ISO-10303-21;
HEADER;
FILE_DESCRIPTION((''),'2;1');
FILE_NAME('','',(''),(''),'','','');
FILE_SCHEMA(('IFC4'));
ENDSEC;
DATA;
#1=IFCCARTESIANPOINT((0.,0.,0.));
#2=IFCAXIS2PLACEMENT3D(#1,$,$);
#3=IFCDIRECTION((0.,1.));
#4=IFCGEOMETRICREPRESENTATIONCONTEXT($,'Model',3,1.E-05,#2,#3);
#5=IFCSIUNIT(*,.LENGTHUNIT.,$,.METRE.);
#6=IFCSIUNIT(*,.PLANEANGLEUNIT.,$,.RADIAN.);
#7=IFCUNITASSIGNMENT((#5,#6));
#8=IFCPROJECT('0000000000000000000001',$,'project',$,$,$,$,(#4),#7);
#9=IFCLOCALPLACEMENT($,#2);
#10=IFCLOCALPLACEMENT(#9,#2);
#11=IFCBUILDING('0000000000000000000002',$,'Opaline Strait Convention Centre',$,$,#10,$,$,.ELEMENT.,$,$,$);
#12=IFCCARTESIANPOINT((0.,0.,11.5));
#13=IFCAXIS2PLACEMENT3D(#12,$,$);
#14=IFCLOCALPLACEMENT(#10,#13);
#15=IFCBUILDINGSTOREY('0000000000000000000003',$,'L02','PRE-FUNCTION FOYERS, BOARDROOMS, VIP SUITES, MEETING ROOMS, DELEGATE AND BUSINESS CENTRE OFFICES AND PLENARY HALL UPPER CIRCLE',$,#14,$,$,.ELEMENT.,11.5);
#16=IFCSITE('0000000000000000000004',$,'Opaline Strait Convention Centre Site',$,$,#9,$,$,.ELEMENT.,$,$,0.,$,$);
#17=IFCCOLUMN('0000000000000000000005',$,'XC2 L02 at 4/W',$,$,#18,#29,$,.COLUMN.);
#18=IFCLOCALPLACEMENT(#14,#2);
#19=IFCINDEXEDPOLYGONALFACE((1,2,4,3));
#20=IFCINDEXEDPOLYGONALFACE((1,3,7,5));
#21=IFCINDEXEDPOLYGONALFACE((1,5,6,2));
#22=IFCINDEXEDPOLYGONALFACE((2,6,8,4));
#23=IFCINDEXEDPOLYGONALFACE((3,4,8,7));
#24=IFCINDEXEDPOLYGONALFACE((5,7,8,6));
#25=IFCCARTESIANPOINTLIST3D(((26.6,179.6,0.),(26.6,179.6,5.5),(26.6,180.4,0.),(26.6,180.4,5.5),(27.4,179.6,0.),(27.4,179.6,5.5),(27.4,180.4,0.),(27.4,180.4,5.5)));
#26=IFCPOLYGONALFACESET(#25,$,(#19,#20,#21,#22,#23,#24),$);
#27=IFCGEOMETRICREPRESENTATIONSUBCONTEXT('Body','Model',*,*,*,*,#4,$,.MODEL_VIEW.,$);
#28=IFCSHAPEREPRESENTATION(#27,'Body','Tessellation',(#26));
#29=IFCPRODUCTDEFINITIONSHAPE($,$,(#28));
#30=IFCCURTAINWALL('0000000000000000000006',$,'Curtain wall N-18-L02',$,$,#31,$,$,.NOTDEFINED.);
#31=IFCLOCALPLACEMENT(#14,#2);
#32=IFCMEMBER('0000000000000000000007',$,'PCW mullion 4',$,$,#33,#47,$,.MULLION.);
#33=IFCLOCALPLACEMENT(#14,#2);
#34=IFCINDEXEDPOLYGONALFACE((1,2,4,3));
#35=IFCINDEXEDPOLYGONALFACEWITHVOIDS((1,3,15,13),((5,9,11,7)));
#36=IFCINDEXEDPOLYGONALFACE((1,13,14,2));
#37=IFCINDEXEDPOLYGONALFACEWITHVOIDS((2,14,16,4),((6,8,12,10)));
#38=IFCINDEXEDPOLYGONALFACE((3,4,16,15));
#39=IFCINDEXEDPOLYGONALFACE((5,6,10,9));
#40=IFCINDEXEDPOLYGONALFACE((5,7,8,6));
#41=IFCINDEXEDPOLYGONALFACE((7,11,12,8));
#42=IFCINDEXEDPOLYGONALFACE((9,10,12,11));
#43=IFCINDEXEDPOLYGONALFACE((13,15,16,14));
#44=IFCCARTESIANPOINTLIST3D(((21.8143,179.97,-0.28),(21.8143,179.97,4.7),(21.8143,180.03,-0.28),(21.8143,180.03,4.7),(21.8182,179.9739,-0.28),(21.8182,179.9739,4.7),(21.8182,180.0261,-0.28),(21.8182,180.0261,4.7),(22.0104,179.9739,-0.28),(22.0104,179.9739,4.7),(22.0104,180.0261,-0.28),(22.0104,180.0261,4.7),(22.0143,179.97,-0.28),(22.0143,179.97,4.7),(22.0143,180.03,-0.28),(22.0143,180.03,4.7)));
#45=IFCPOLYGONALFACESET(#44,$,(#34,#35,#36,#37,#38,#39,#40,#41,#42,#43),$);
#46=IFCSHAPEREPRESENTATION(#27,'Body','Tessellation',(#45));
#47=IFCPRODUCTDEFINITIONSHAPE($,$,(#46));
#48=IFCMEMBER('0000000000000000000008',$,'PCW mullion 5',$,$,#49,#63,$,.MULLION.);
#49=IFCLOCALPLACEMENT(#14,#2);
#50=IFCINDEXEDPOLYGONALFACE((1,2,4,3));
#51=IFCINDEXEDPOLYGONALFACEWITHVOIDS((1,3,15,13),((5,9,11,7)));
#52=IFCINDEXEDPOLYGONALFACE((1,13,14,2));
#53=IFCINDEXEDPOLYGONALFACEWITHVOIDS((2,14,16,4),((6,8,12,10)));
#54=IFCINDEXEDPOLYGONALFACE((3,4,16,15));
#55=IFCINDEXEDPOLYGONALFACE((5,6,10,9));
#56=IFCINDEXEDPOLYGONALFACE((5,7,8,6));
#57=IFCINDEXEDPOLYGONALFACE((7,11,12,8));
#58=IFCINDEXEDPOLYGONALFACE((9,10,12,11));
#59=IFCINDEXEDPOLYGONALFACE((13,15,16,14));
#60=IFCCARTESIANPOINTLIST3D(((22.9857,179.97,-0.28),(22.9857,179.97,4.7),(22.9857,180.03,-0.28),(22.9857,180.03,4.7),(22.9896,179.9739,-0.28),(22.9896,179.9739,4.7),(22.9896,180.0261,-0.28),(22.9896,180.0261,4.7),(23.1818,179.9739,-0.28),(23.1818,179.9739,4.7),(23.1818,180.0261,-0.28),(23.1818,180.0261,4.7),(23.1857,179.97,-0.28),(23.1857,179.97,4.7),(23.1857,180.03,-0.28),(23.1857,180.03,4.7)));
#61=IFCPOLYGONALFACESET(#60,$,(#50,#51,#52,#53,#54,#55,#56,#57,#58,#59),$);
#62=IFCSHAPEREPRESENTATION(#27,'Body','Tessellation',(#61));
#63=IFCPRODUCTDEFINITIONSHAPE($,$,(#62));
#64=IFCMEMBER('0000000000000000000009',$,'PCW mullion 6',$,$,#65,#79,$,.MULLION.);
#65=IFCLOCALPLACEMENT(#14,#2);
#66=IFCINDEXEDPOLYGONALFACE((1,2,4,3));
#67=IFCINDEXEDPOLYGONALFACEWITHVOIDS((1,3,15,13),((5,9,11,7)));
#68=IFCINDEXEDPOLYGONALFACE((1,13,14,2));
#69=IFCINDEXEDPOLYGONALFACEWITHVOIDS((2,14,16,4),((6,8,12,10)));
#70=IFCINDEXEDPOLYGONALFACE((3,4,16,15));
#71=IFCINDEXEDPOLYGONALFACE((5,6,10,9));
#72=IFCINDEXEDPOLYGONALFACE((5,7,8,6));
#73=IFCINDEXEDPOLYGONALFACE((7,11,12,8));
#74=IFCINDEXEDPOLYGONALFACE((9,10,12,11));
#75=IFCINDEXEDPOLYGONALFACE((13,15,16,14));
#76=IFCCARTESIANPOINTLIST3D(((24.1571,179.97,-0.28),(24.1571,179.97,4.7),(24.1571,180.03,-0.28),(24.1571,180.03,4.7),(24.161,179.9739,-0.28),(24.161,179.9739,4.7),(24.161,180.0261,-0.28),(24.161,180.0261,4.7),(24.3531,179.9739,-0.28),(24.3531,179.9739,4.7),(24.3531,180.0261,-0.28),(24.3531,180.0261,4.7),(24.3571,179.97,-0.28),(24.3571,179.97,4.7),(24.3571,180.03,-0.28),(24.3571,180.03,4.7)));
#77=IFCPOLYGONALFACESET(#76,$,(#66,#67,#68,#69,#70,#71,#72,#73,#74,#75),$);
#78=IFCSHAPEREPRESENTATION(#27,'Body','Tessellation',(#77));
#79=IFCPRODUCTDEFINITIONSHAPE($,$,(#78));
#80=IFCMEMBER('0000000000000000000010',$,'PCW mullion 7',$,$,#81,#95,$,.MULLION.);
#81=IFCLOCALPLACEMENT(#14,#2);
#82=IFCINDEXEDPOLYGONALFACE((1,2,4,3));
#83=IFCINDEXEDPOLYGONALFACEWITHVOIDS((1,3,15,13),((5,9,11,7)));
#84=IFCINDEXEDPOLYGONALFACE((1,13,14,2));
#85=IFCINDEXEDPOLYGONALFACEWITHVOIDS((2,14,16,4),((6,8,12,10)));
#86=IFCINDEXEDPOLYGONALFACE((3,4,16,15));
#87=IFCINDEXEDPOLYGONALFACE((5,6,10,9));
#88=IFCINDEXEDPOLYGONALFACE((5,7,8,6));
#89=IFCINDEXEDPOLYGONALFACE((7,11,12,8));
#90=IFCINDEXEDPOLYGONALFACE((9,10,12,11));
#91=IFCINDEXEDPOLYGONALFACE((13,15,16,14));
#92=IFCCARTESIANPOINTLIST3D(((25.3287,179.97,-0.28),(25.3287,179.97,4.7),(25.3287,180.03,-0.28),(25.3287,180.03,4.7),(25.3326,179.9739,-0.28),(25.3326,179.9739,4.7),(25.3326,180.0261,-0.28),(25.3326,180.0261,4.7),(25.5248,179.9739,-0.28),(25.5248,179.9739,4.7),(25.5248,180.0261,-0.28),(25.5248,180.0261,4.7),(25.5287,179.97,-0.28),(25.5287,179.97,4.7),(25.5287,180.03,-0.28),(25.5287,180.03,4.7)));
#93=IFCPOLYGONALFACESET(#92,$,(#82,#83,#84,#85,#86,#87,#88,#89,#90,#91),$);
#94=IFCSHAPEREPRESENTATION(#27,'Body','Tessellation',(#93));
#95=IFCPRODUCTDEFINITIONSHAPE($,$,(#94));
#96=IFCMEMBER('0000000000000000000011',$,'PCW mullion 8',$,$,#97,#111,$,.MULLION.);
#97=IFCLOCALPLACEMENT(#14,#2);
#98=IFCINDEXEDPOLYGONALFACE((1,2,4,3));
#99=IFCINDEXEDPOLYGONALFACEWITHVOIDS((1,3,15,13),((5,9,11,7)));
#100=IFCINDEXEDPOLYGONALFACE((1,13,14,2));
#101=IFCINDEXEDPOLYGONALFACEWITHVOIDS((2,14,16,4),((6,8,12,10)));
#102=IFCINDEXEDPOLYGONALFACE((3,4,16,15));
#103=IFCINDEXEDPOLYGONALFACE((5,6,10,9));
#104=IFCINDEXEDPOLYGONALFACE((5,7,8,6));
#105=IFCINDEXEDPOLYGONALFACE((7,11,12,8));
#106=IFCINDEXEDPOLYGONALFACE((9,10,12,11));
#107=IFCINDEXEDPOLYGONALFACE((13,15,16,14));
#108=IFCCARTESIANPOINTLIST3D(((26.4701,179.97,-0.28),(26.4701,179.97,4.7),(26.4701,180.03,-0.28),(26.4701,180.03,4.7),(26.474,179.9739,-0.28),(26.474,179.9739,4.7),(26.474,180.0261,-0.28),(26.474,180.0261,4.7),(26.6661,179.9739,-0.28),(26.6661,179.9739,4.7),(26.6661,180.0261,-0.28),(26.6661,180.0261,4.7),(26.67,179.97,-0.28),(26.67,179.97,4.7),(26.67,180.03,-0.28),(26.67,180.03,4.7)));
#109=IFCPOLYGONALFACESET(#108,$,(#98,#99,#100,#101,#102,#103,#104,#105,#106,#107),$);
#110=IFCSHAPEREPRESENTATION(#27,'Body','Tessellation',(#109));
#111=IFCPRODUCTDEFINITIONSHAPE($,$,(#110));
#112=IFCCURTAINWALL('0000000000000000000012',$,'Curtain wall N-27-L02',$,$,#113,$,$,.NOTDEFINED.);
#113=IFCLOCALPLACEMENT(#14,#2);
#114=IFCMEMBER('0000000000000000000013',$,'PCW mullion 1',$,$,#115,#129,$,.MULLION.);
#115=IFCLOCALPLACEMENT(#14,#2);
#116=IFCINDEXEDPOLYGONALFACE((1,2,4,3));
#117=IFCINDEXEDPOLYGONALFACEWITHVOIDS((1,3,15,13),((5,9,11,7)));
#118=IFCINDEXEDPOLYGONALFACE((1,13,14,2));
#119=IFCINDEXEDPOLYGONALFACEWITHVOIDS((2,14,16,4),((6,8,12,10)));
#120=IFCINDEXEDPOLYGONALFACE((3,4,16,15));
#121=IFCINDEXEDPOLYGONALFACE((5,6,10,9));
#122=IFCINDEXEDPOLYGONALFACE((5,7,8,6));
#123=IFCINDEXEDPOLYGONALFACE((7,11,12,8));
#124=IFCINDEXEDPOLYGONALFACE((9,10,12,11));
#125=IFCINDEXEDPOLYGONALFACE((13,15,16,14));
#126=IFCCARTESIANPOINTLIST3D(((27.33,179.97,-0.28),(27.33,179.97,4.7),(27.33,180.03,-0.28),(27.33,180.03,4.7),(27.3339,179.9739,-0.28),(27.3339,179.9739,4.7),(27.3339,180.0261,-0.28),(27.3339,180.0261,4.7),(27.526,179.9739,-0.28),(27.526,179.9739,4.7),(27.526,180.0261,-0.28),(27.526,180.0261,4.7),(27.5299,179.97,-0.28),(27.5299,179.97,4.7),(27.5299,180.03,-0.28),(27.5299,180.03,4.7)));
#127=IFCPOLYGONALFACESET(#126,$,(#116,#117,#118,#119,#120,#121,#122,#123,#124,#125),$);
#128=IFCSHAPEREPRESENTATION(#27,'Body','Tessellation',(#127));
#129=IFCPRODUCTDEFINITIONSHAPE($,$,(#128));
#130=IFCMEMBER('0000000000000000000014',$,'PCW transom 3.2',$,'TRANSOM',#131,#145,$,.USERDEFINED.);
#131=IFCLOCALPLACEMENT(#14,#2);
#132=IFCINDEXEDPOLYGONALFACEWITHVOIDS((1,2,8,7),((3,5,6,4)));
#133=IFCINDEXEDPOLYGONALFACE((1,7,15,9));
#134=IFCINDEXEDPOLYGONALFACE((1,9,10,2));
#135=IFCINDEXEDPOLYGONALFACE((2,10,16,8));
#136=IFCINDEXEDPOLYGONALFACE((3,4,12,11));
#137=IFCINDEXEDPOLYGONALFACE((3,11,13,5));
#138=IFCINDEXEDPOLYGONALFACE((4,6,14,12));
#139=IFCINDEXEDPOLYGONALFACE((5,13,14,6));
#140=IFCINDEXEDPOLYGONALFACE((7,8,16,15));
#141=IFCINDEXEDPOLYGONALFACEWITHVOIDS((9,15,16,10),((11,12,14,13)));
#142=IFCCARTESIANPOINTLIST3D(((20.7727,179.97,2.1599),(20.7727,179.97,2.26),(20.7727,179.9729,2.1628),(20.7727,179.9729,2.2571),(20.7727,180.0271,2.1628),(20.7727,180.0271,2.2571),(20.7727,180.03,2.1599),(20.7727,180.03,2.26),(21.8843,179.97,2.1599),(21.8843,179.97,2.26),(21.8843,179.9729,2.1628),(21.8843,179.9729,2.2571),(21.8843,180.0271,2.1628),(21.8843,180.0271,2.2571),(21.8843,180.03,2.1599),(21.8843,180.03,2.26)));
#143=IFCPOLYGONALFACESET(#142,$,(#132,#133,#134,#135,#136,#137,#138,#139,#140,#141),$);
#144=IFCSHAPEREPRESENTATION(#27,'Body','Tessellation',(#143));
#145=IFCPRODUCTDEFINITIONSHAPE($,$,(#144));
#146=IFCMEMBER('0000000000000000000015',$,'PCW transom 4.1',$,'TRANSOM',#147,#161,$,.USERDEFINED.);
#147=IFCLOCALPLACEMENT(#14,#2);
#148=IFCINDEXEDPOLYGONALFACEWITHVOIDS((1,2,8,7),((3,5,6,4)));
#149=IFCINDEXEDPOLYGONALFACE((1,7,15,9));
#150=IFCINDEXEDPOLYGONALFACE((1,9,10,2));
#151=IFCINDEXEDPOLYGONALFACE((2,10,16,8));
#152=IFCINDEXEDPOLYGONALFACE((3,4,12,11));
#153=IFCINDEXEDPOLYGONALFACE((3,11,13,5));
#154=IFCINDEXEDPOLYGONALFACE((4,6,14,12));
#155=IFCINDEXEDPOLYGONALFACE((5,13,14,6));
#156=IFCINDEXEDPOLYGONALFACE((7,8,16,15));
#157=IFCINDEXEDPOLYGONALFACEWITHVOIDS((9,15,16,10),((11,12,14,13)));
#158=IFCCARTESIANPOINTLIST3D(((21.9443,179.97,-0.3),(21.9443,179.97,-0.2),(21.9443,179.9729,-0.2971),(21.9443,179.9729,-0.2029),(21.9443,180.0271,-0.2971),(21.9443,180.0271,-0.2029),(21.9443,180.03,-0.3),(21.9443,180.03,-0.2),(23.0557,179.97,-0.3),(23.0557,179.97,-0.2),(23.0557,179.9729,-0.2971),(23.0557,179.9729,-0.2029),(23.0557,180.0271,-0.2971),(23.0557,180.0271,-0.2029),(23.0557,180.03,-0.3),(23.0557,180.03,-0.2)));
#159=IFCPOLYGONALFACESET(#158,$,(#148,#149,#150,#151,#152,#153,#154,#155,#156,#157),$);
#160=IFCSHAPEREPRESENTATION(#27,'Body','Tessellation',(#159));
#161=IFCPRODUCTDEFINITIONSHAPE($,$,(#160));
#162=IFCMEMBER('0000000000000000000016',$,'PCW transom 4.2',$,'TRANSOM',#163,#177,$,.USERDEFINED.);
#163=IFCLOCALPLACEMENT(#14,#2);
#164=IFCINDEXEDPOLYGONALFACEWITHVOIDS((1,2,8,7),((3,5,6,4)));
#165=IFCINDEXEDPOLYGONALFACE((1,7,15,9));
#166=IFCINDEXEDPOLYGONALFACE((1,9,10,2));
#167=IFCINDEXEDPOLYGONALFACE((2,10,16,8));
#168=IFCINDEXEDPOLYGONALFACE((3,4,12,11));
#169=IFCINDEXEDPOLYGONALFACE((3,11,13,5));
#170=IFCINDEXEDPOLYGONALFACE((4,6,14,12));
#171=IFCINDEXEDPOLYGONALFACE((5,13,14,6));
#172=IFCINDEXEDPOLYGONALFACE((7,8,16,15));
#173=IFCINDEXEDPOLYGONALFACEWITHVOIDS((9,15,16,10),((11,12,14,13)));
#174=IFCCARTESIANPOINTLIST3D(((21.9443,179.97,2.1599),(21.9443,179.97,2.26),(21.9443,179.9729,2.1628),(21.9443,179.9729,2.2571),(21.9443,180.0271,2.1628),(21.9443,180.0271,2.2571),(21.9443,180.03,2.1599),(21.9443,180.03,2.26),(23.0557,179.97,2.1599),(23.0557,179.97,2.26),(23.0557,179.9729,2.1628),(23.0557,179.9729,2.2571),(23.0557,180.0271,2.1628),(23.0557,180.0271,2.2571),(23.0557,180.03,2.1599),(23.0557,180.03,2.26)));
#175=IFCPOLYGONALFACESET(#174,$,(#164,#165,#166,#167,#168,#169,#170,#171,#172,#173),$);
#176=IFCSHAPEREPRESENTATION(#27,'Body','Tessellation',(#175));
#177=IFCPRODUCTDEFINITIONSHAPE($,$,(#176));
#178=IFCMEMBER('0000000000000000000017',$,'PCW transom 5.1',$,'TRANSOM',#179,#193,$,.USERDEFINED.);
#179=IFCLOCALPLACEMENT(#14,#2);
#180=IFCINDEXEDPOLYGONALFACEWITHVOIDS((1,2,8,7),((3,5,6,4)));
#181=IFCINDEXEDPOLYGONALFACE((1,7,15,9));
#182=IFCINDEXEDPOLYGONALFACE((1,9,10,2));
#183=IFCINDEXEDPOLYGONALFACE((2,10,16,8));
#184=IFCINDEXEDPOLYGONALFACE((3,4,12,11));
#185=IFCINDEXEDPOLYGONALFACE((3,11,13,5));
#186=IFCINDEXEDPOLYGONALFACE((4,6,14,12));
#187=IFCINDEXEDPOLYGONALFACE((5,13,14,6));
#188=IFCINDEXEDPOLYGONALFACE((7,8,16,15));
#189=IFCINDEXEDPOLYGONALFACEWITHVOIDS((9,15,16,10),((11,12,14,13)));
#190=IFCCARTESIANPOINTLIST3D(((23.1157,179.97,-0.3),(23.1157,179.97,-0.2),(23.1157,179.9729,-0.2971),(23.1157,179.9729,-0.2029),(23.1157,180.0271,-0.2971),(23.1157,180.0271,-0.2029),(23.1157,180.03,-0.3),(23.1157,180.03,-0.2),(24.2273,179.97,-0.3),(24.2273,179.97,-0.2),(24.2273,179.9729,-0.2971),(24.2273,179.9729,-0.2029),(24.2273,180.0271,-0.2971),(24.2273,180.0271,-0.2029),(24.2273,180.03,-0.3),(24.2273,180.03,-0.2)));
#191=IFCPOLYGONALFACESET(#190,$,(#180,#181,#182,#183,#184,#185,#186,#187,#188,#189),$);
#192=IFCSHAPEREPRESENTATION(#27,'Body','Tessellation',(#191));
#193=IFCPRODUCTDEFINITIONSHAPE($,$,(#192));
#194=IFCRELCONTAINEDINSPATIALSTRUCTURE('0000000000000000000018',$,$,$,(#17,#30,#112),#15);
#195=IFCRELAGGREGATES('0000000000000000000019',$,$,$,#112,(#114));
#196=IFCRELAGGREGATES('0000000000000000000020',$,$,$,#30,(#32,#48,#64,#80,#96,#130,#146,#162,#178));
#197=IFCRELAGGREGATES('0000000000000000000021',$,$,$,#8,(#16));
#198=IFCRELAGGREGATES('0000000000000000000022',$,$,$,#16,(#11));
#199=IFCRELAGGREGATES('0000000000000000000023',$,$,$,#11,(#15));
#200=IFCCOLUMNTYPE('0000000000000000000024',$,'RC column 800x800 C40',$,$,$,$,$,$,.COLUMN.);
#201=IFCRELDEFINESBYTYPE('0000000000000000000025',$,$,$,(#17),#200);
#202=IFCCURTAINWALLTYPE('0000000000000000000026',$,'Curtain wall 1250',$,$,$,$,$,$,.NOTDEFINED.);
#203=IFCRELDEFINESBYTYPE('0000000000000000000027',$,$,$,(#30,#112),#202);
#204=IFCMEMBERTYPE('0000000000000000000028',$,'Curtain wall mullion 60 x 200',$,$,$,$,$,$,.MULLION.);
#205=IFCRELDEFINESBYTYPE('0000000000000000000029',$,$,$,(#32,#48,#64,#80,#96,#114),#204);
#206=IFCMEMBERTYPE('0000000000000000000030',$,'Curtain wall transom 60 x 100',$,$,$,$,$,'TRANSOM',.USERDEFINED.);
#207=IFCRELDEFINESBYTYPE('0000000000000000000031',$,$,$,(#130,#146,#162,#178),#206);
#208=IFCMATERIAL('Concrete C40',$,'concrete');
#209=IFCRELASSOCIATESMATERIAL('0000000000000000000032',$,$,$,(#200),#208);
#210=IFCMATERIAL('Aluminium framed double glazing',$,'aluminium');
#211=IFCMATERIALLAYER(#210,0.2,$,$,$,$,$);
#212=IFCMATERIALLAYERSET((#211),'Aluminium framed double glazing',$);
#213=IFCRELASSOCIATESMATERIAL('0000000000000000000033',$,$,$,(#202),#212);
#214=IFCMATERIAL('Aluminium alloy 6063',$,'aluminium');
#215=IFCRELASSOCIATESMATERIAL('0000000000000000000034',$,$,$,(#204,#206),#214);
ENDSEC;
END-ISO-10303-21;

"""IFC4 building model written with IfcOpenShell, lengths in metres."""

from ifc_helpers import new_model, si_unit, direction, frame, origin, origin_2d, place, context, subcontext, project, spatial, rectangle, hollow_rectangle, extrude, material, layer, layer_set, material_profile, profile_set, type_object, element, aggregate, save


model = new_model("IFC4")

# Units and contexts
model_context = context("Model", 3, precision=1e-05, world=origin(), true_north=direction((0.0, 1.0)))
body_context = subcontext(model_context, "Body", "Model", "MODEL_VIEW")
ifc_project = project(units=[si_unit("LENGTHUNIT", "METRE"), si_unit("PLANEANGLEUNIT", "RADIAN")], contexts=[model_context])

# Site, building, storey
site_placement = place(None, origin())
site = spatial("IfcSite", under=ifc_project, at=site_placement, Name="Opaline Strait Convention Centre Site", CompositionType="ELEMENT", RefElevation=0.0)
building_placement = place(site_placement, origin())
building = spatial("IfcBuilding", under=site, at=building_placement, Name="Opaline Strait Convention Centre", CompositionType="ELEMENT")
storey_placement = place(building_placement, frame((0.0, 0.0, 11.5)))
storey = spatial("IfcBuildingStorey", under=building, at=storey_placement, Name="L02", Description="PRE-FUNCTION FOYERS, BOARDROOMS, VIP SUITES, MEETING ROOMS, DELEGATE AND BUSINESS CENTRE OFFICES AND PLENARY HALL UPPER CIRCLE", CompositionType="ELEMENT", Elevation=11.5)

# Column
ifc_material_1 = material(Name="Concrete C40", Category="concrete")
ifc_material_profile_1 = material_profile(ifc_material_1, rectangle(XDim=0.8, YDim=0.8, at=origin_2d()), Name="RC 800x800")
ifc_profile_set_1 = profile_set([ifc_material_profile_1], Name="Concrete C40")
column_type = type_object("IfcColumnType", Name="RC column 800x800 C40", PredefinedType="COLUMN", material=ifc_profile_set_1)
column_placement = place(storey_placement, frame((27.0, 180.0, 0.0), z_axis=(0.0, 0.0, 1.0), x_axis=(1.0, 0.0, 0.0)))
element("IfcColumn", 1, at=column_placement, inside=storey, type_object=column_type, Name="XC2 L02 at 4/W", PredefinedType="COLUMN", context=body_context, shape_type="SweptSolid", body=[
    extrude(rectangle(XDim=0.8, YDim=0.8, at=origin_2d()), origin(), (0.0, 0.0, 1.0), 5.5),
])

# Curtain wall, members
ifc_material_2 = material(Name="Aluminium framed double glazing", Category="aluminium")
ifc_layer_1 = layer(ifc_material_2, 0.2)
ifc_layer_set_1 = layer_set([ifc_layer_1], Name="Aluminium framed double glazing")
curtain_wall_type = type_object("IfcCurtainWallType", Name="Curtain wall 1250", PredefinedType="NOTDEFINED", material=ifc_layer_set_1)
curtain_wall_1_placement = place(storey_placement, origin())
curtain_wall_1 = element("IfcCurtainWall", 2, at=curtain_wall_1_placement, inside=storey, type_object=curtain_wall_type, Name="Curtain wall N-18-L02", PredefinedType="NOTDEFINED")
ifc_material_3 = material(Name="Aluminium alloy 6063", Category="aluminium")
ifc_material_profile_2 = material_profile(ifc_material_3, hollow_rectangle(XDim=0.0601, YDim=0.2, WallThickness=0.0039, at=origin_2d()), Name="MULLION 60x200x4")
ifc_profile_set_2 = profile_set([ifc_material_profile_2], Name="Aluminium alloy 6063")
member_type_1 = type_object("IfcMemberType", Name="Curtain wall mullion 60 x 200", PredefinedType="MULLION", material=ifc_profile_set_2)
member_1_placement = place(storey_placement, frame((21.9143, 180.0, -0.28), z_axis=(0.0, 0.0, 1.0), x_axis=(0.0, 1.0, 0.0)))
member_1 = element("IfcMember", 3, at=member_1_placement, type_object=member_type_1, Name="PCW mullion 4", PredefinedType="MULLION", context=body_context, shape_type="SweptSolid", body=[
    extrude(hollow_rectangle(XDim=0.0601, YDim=0.2, WallThickness=0.0039, at=origin_2d()), origin(), (0.0, 0.0, 1.0), 4.98),
])
member_2_placement = place(storey_placement, frame((23.0857, 180.0, -0.28), z_axis=(0.0, 0.0, 1.0), x_axis=(0.0, 1.0, 0.0)))
member_2 = element("IfcMember", 4, at=member_2_placement, type_object=member_type_1, Name="PCW mullion 5", PredefinedType="MULLION", context=body_context, shape_type="SweptSolid", body=[
    extrude(hollow_rectangle(XDim=0.0601, YDim=0.2, WallThickness=0.0039, at=origin_2d()), origin(), (0.0, 0.0, 1.0), 4.98),
])
member_3_placement = place(storey_placement, frame((24.2571, 180.0, -0.28), z_axis=(0.0, 0.0, 1.0), x_axis=(0.0, 1.0, 0.0)))
member_3 = element("IfcMember", 5, at=member_3_placement, type_object=member_type_1, Name="PCW mullion 6", PredefinedType="MULLION", context=body_context, shape_type="SweptSolid", body=[
    extrude(hollow_rectangle(XDim=0.0601, YDim=0.2, WallThickness=0.0039, at=origin_2d()), origin(), (0.0, 0.0, 1.0), 4.98),
])
member_4_placement = place(storey_placement, frame((25.4287, 180.0, -0.28), z_axis=(0.0, 0.0, 1.0), x_axis=(0.0, 1.0, 0.0)))
member_4 = element("IfcMember", 6, at=member_4_placement, type_object=member_type_1, Name="PCW mullion 7", PredefinedType="MULLION", context=body_context, shape_type="SweptSolid", body=[
    extrude(hollow_rectangle(XDim=0.0601, YDim=0.2, WallThickness=0.0039, at=origin_2d()), origin(), (0.0, 0.0, 1.0), 4.98),
])
member_5_placement = place(storey_placement, frame((26.5701, 180.0, -0.28), z_axis=(0.0, 0.0, 1.0), x_axis=(0.0, 1.0, 0.0)))
member_5 = element("IfcMember", 7, at=member_5_placement, type_object=member_type_1, Name="PCW mullion 8", PredefinedType="MULLION", context=body_context, shape_type="SweptSolid", body=[
    extrude(hollow_rectangle(XDim=0.0601, YDim=0.2, WallThickness=0.0039, at=origin_2d()), origin(), (0.0, 0.0, 1.0), 4.98),
])

# Curtain wall, member
curtain_wall_2_placement = place(storey_placement, origin())
curtain_wall_2 = element("IfcCurtainWall", 8, at=curtain_wall_2_placement, inside=storey, type_object=curtain_wall_type, Name="Curtain wall N-27-L02", PredefinedType="NOTDEFINED")
member_6_placement = place(storey_placement, frame((27.4299, 180.0, -0.28), z_axis=(0.0, 0.0, 1.0), x_axis=(0.0, 1.0, 0.0)))
member_6 = element("IfcMember", 9, at=member_6_placement, type_object=member_type_1, Name="PCW mullion 1", PredefinedType="MULLION", context=body_context, shape_type="SweptSolid", body=[
    extrude(hollow_rectangle(XDim=0.0601, YDim=0.2, WallThickness=0.0039, at=origin_2d()), origin(), (0.0, 0.0, 1.0), 4.98),
])
aggregate(curtain_wall_2, [member_6])

# Members
ifc_material_profile_3 = material_profile(ifc_material_3, hollow_rectangle(XDim=0.0601, YDim=0.1001, WallThickness=0.0029, at=origin_2d()), Name="TRANSOM 60x100x3")
ifc_profile_set_3 = profile_set([ifc_material_profile_3], Name="Aluminium alloy 6063")
member_type_2 = type_object("IfcMemberType", Name="Curtain wall transom 60 x 100", ElementType="TRANSOM", PredefinedType="USERDEFINED", material=ifc_profile_set_3)
member_7_placement = place(storey_placement, frame((20.7727, 180.0, 2.21), z_axis=(1.0, 0.0, 0.0), x_axis=(0.0, 1.0, 0.0)))
member_7 = element("IfcMember", 10, at=member_7_placement, type_object=member_type_2, Name="PCW transom 3.2", ObjectType="TRANSOM", PredefinedType="USERDEFINED", context=body_context, shape_type="SweptSolid", body=[
    extrude(hollow_rectangle(XDim=0.0601, YDim=0.1001, WallThickness=0.0029, at=origin_2d()), origin(), (0.0, 0.0, 1.0), 1.1116),
])
member_8_placement = place(storey_placement, frame((21.9443, 180.0, -0.25), z_axis=(1.0, 0.0, 0.0), x_axis=(0.0, 1.0, 0.0)))
member_8 = element("IfcMember", 11, at=member_8_placement, type_object=member_type_2, Name="PCW transom 4.1", ObjectType="TRANSOM", PredefinedType="USERDEFINED", context=body_context, shape_type="SweptSolid", body=[
    extrude(hollow_rectangle(XDim=0.0601, YDim=0.1001, WallThickness=0.0029, at=origin_2d()), origin(), (0.0, 0.0, 1.0), 1.1113),
])
member_9_placement = place(storey_placement, frame((21.9443, 180.0, 2.21), z_axis=(1.0, 0.0, 0.0), x_axis=(0.0, 1.0, 0.0)))
member_9 = element("IfcMember", 12, at=member_9_placement, type_object=member_type_2, Name="PCW transom 4.2", ObjectType="TRANSOM", PredefinedType="USERDEFINED", context=body_context, shape_type="SweptSolid", body=[
    extrude(hollow_rectangle(XDim=0.0601, YDim=0.1001, WallThickness=0.0029, at=origin_2d()), origin(), (0.0, 0.0, 1.0), 1.1113),
])
member_10_placement = place(storey_placement, frame((23.1157, 180.0, -0.25), z_axis=(1.0, 0.0, 0.0), x_axis=(0.0, 1.0, 0.0)))
member_10 = element("IfcMember", 13, at=member_10_placement, type_object=member_type_2, Name="PCW transom 5.1", ObjectType="TRANSOM", PredefinedType="USERDEFINED", context=body_context, shape_type="SweptSolid", body=[
    extrude(hollow_rectangle(XDim=0.0601, YDim=0.1001, WallThickness=0.0029, at=origin_2d()), origin(), (0.0, 0.0, 1.0), 1.1116),
])

aggregate(curtain_wall_1, [member_1, member_2, member_3, member_4, member_5, member_7, member_8, member_9, member_10])

save(model, "model.ifc")
